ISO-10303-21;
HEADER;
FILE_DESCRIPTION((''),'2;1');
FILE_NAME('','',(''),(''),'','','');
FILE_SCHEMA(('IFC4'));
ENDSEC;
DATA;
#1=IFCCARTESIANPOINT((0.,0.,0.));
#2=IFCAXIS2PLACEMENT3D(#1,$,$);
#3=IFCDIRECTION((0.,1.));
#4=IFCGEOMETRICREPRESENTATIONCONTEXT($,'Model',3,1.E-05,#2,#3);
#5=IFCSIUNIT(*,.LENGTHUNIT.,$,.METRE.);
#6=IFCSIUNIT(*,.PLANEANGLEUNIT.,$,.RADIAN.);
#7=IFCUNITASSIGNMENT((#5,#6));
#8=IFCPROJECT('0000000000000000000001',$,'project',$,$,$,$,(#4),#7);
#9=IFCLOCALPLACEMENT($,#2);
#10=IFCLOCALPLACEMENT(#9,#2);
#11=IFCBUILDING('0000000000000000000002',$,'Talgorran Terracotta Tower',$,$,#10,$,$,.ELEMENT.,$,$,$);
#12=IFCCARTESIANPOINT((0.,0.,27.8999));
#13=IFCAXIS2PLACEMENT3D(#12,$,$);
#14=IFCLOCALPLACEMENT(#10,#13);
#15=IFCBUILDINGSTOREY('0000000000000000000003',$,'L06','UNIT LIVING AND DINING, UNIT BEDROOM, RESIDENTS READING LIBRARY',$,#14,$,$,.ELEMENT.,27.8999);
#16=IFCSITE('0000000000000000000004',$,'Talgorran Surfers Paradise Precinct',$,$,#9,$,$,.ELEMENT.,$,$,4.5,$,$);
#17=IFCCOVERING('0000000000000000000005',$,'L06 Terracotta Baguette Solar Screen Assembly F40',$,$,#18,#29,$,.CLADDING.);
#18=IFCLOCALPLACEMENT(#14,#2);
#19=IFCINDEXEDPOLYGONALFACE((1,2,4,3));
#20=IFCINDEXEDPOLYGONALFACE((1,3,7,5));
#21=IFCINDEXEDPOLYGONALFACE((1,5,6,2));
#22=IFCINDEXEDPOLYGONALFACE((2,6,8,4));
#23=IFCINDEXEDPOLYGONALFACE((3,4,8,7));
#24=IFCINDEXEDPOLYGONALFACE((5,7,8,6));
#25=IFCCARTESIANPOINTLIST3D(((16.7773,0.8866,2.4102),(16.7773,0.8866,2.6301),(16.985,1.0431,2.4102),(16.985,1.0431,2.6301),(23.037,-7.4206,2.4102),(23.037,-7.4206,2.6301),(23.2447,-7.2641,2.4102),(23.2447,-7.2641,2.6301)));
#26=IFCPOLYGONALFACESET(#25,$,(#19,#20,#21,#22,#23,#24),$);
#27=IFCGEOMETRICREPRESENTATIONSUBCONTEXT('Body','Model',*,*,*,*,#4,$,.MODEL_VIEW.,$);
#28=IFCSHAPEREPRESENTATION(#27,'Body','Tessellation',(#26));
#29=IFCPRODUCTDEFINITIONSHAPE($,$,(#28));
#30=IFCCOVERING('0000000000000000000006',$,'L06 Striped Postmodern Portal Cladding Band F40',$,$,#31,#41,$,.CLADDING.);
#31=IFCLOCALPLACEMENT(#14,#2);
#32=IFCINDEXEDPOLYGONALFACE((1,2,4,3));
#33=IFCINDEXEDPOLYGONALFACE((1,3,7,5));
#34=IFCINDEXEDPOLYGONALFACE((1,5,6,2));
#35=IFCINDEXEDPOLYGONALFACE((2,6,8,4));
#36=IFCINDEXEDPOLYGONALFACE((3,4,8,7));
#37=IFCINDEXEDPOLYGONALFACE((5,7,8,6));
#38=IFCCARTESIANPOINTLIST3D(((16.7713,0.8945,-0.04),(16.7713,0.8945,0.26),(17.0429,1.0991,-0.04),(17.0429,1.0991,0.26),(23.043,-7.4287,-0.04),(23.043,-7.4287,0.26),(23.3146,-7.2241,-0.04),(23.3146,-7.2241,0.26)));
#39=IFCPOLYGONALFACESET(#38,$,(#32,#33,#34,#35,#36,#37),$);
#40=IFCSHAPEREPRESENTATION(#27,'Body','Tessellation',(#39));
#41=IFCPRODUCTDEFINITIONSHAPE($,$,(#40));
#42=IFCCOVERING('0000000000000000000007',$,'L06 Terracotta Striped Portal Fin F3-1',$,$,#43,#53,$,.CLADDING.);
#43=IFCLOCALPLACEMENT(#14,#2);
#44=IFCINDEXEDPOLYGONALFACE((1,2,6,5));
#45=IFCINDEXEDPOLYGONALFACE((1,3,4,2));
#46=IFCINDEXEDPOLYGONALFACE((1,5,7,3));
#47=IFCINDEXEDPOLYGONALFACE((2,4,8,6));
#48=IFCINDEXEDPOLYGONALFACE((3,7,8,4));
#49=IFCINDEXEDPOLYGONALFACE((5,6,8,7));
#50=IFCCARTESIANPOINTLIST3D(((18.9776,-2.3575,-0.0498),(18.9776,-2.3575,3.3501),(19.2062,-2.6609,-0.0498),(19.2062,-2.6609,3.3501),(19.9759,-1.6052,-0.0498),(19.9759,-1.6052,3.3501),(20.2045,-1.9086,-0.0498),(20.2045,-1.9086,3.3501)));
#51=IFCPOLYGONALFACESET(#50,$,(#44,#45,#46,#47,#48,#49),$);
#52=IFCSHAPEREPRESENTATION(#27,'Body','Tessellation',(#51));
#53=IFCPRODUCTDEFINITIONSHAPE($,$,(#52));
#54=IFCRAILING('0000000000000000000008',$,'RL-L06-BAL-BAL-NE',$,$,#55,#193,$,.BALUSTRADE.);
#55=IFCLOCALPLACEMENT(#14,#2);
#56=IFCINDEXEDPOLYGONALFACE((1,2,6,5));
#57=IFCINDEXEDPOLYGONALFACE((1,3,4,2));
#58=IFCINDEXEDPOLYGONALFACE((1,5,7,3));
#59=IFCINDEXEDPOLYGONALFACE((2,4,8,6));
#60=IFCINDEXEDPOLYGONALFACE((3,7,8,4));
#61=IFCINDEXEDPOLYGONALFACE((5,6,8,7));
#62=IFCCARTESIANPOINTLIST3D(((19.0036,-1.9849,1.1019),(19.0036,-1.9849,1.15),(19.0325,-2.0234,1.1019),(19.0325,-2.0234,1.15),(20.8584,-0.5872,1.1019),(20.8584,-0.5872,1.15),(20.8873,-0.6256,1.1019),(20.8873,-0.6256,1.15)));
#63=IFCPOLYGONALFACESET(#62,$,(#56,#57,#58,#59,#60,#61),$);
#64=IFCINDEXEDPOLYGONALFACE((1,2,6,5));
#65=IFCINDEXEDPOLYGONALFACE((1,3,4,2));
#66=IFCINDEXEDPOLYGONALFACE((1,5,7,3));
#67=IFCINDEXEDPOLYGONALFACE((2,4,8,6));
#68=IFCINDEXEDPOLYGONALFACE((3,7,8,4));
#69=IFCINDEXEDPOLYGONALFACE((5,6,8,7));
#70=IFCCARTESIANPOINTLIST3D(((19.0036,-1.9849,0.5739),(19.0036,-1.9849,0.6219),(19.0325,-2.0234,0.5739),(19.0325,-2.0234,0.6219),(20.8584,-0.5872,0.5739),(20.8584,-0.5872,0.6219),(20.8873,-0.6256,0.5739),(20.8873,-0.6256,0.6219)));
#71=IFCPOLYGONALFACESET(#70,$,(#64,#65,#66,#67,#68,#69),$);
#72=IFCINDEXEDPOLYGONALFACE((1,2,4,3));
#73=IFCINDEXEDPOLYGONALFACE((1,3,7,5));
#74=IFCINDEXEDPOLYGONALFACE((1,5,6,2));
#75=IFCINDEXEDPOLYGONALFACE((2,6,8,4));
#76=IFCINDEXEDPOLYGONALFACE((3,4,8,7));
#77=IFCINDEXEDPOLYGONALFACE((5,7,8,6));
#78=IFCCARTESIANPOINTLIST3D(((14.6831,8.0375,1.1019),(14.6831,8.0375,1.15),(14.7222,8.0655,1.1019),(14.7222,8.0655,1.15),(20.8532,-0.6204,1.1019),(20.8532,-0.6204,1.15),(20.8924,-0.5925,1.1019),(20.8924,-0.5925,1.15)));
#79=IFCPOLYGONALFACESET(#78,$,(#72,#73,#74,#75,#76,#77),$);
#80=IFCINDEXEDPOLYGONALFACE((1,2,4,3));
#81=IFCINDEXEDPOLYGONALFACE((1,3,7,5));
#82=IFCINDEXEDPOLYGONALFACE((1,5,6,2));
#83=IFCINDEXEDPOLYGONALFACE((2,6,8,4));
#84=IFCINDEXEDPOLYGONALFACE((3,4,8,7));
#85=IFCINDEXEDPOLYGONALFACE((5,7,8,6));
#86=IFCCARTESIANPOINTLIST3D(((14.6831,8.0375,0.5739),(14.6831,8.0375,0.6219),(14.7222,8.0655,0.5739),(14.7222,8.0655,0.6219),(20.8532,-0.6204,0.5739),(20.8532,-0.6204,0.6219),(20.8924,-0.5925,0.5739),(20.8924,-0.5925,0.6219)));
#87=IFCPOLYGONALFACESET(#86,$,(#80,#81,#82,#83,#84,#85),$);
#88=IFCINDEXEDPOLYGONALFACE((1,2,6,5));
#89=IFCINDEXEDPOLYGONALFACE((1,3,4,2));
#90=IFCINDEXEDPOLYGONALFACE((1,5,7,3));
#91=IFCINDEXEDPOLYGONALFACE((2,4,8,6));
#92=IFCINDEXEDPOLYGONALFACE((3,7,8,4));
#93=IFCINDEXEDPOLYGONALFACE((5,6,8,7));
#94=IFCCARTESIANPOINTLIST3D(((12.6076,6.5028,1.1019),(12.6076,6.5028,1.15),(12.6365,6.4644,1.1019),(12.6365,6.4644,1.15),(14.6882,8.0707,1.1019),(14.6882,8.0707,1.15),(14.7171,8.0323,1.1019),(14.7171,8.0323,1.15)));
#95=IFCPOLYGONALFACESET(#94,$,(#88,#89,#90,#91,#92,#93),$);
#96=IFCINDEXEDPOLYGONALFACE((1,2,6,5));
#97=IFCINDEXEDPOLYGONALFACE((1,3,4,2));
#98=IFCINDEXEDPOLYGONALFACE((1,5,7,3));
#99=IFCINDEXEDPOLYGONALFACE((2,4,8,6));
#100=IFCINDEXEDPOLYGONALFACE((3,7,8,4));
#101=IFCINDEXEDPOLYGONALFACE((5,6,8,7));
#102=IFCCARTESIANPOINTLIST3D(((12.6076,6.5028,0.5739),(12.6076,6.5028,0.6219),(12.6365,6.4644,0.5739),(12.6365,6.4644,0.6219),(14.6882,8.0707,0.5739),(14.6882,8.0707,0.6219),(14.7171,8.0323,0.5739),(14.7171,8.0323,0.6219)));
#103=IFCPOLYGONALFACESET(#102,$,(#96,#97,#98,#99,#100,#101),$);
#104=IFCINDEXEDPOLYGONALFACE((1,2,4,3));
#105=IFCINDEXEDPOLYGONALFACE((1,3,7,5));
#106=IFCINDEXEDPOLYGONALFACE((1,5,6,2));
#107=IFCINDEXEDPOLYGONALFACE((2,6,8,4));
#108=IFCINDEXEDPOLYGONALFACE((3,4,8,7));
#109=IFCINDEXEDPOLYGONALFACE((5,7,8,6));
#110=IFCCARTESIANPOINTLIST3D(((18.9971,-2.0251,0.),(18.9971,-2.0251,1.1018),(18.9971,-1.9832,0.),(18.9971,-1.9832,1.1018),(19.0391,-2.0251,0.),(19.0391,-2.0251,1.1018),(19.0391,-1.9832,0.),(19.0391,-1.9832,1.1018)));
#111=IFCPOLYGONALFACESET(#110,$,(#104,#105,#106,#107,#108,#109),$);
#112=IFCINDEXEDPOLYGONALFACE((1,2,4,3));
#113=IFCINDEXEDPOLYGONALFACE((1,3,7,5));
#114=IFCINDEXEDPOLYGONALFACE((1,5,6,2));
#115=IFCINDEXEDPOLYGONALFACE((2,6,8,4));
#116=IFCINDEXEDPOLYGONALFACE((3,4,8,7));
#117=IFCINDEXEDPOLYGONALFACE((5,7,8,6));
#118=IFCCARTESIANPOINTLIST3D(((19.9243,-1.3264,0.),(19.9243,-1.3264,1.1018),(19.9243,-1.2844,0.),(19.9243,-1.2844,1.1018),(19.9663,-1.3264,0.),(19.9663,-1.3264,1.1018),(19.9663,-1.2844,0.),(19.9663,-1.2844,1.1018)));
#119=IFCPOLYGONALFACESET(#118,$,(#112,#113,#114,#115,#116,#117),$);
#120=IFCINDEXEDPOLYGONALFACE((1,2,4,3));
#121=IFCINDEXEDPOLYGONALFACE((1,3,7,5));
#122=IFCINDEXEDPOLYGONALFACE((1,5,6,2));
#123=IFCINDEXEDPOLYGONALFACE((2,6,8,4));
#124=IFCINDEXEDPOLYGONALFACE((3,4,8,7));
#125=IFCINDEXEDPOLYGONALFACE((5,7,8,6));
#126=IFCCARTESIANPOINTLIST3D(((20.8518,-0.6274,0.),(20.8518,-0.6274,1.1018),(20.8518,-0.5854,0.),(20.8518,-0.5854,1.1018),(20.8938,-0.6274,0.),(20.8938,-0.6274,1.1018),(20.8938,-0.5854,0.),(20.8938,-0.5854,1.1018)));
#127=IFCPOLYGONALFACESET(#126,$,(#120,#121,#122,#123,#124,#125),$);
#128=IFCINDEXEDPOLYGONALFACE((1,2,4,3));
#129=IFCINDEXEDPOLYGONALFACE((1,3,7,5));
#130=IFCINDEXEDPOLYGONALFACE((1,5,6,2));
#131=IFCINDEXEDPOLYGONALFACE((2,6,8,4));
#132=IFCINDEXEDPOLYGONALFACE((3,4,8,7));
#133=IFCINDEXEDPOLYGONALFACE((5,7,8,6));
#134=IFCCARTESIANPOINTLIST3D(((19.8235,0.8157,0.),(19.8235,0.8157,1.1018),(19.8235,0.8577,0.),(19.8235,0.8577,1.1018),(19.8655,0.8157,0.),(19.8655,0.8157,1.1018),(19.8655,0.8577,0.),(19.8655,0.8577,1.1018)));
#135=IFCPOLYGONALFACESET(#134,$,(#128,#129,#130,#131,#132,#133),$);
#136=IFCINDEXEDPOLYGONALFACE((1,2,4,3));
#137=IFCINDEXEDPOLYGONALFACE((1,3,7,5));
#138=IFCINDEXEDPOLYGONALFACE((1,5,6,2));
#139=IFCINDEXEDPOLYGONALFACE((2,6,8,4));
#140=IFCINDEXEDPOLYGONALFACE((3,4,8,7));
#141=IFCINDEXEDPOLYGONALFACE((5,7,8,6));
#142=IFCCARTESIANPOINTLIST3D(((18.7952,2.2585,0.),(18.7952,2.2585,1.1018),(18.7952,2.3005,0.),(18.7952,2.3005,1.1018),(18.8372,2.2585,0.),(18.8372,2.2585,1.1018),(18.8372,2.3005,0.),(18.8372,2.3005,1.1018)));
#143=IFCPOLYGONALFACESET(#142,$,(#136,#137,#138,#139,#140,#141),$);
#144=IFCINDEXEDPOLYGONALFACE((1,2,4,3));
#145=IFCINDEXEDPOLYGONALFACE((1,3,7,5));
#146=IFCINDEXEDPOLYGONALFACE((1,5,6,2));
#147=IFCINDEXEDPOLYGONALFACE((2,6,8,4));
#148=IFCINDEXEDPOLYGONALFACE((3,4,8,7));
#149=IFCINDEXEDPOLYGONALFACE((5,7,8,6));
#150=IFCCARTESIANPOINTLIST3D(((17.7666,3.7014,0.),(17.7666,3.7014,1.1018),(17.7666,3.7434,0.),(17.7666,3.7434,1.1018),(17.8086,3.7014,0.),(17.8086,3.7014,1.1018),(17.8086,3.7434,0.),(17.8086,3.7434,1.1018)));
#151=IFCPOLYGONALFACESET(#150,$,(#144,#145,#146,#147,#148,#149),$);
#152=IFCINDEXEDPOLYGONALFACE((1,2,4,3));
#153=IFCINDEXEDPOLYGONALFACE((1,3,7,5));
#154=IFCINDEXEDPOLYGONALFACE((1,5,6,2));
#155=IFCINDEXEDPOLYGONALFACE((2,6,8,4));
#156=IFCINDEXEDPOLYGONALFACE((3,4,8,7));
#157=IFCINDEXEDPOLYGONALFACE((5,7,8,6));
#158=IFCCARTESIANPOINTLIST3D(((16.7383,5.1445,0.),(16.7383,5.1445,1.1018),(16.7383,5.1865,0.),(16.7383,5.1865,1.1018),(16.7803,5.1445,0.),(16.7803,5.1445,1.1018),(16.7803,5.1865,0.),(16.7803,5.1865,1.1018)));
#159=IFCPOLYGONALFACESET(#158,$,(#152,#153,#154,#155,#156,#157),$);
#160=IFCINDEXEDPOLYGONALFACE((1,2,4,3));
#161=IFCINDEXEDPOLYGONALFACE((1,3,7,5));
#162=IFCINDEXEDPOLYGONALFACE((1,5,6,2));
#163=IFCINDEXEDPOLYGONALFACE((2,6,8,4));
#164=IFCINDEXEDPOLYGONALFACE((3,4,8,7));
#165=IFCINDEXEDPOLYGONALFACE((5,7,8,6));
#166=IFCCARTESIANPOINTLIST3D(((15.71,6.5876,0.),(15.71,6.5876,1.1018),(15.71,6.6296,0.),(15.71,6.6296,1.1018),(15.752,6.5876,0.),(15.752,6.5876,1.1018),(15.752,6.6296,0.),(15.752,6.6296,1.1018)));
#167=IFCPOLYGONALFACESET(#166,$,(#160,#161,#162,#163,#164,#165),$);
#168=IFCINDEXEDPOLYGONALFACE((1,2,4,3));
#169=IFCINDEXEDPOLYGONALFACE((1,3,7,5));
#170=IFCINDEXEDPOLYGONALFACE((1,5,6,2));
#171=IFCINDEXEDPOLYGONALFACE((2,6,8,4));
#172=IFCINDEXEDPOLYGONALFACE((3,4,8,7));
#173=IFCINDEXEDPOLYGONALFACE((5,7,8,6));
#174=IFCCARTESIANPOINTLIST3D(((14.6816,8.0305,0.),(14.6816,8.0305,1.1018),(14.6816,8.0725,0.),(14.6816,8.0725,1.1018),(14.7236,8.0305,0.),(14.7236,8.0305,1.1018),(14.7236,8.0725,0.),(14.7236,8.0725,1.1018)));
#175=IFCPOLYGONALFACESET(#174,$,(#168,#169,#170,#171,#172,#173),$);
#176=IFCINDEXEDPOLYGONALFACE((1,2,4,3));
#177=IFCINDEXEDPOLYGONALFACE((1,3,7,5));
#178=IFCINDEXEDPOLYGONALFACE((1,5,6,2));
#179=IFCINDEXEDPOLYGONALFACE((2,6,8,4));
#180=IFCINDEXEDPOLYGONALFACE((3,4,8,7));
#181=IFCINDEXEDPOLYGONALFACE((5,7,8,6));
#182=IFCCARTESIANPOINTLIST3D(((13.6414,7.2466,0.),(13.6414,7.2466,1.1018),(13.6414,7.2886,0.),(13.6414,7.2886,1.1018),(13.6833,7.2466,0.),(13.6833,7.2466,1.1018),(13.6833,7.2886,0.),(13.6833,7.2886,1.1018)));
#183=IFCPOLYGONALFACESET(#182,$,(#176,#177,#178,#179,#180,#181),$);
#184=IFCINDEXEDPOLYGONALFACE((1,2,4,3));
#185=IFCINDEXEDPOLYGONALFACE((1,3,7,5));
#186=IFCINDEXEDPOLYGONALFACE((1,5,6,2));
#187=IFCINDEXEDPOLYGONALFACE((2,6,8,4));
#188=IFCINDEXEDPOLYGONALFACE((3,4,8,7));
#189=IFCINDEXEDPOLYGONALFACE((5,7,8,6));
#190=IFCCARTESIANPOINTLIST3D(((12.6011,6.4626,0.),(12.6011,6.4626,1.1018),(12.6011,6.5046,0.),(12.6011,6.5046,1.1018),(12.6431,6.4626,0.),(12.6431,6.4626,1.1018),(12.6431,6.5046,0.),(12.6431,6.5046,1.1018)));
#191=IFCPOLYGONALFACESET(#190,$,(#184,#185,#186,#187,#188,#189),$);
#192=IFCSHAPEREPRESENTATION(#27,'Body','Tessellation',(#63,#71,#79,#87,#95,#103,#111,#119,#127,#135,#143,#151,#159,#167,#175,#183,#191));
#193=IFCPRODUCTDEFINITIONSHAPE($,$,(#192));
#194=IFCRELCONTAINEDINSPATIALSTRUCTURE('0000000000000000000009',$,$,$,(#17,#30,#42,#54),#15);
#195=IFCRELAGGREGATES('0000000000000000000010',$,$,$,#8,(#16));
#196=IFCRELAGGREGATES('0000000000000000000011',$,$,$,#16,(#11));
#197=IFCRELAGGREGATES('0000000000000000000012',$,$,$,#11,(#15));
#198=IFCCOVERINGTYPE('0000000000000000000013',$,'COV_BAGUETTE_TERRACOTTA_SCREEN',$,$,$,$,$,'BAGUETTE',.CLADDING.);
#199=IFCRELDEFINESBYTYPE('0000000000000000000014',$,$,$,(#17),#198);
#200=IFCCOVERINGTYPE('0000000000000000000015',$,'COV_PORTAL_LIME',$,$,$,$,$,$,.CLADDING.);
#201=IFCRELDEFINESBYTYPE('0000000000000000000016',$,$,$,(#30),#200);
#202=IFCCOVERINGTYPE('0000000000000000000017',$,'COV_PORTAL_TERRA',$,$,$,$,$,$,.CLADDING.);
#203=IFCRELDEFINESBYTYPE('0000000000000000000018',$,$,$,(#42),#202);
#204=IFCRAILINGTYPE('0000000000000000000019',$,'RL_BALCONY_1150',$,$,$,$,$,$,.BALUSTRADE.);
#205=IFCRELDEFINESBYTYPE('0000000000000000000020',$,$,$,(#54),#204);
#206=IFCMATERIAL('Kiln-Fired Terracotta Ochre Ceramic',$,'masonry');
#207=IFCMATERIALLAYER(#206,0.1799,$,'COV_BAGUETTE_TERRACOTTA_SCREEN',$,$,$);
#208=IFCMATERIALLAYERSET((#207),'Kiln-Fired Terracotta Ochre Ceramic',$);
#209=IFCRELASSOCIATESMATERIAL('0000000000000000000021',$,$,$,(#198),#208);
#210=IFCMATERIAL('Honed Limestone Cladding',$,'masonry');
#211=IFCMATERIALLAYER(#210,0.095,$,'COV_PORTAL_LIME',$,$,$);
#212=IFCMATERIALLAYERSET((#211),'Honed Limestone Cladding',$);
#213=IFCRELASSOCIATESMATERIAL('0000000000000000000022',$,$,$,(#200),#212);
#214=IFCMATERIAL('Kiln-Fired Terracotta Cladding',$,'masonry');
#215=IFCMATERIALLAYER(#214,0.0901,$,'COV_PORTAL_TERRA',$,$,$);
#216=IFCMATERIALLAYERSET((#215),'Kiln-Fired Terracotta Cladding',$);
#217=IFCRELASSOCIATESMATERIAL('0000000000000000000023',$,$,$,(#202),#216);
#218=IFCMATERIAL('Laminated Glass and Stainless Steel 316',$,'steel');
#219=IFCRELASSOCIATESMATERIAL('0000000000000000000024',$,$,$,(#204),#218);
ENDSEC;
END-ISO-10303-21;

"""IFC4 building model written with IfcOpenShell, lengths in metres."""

from ifc_helpers import new_model, si_unit, direction, frame, origin, origin_2d, place, context, subcontext, project, spatial, rectangle, extrude, material, layer, layer_set, type_object, element, save


model = new_model("IFC4")

# Units and contexts
model_context = context("Model", 3, precision=1e-05, world=origin(), true_north=direction((0.0, 1.0)))
body_context = subcontext(model_context, "Body", "Model", "MODEL_VIEW")
ifc_project = project(units=[si_unit("LENGTHUNIT", "METRE"), si_unit("PLANEANGLEUNIT", "RADIAN")], contexts=[model_context])

# Site, building, storey
site_placement = place(None, origin())
site = spatial("IfcSite", under=ifc_project, at=site_placement, Name="Talgorran Surfers Paradise Precinct", CompositionType="ELEMENT", RefElevation=4.5)
building_placement = place(site_placement, origin())
building = spatial("IfcBuilding", under=site, at=building_placement, Name="Talgorran Terracotta Tower", CompositionType="ELEMENT")
storey_placement = place(building_placement, frame((0.0, 0.0, 27.8999)))
storey = spatial("IfcBuildingStorey", under=building, at=storey_placement, Name="L06", Description="UNIT LIVING AND DINING, UNIT BEDROOM, RESIDENTS READING LIBRARY", CompositionType="ELEMENT", Elevation=27.8999)

# Coverings
ifc_material_1 = material(Name="Kiln-Fired Terracotta Ochre Ceramic", Category="masonry")
ifc_layer_1 = layer(ifc_material_1, 0.1799, Name="COV_BAGUETTE_TERRACOTTA_SCREEN")
ifc_layer_set_1 = layer_set([ifc_layer_1], Name="Kiln-Fired Terracotta Ochre Ceramic")
covering_type_1 = type_object("IfcCoveringType", Name="COV_BAGUETTE_TERRACOTTA_SCREEN", ElementType="BAGUETTE", PredefinedType="CLADDING", material=ifc_layer_set_1)
covering_1_placement = place(storey_placement, frame((20.011, -3.1887, 2.4102), z_axis=(0.0, 0.0, 1.0), x_axis=(-0.601801, 0.798646, 0.0)))
element("IfcCovering", 1, at=covering_1_placement, inside=storey, type_object=covering_type_1, Name="L06 Terracotta Baguette Solar Screen Assembly F40", PredefinedType="CLADDING", context=body_context, shape_type="SweptSolid", body=[
    extrude(rectangle(XDim=10.4016, YDim=0.26, at=origin_2d()), origin(), (0.0, 0.0, 1.0), 0.22),
])
ifc_material_2 = material(Name="Honed Limestone Cladding", Category="masonry")
ifc_layer_2 = layer(ifc_material_2, 0.095, Name="COV_PORTAL_LIME")
ifc_layer_set_2 = layer_set([ifc_layer_2], Name="Honed Limestone Cladding")
covering_type_2 = type_object("IfcCoveringType", Name="COV_PORTAL_LIME", PredefinedType="CLADDING", material=ifc_layer_set_2)
covering_2_placement = place(storey_placement, frame((20.043, -3.1648, -0.04), z_axis=(0.0, 0.0, 1.0), x_axis=(-0.601801, 0.798646, 0.0)))
element("IfcCovering", 2, at=covering_2_placement, inside=storey, type_object=covering_type_2, Name="L06 Striped Postmodern Portal Cladding Band F40", PredefinedType="CLADDING", context=body_context, shape_type="SweptSolid", body=[
    extrude(rectangle(XDim=10.4216, YDim=0.3401, at=origin_2d()), origin(), (0.0, 0.0, 1.0), 0.3),
])
ifc_material_3 = material(Name="Kiln-Fired Terracotta Cladding", Category="masonry")
ifc_layer_3 = layer(ifc_material_3, 0.0901, Name="COV_PORTAL_TERRA")
ifc_layer_set_3 = layer_set([ifc_layer_3], Name="Kiln-Fired Terracotta Cladding")
covering_type_3 = type_object("IfcCoveringType", Name="COV_PORTAL_TERRA", PredefinedType="CLADDING", material=ifc_layer_set_3)
covering_3_placement = place(storey_placement, frame((19.5911, -2.1331, -0.0498), z_axis=(0.0, 0.0, 1.0), x_axis=(-0.601815, 0.798636, 0.0)))
element("IfcCovering", 3, at=covering_3_placement, inside=storey, type_object=covering_type_3, Name="L06 Terracotta Striped Portal Fin F3-1", PredefinedType="CLADDING", context=body_context, shape_type="SweptSolid", body=[
    extrude(rectangle(XDim=0.3799, YDim=1.25, at=origin_2d()), origin(), (0.0, 0.0, 1.0), 3.3999),
])

# Railing
ifc_material_4 = material(Name="Laminated Glass and Stainless Steel 316", Category="steel")
railing_type = type_object("IfcRailingType", Name="RL_BALCONY_1150", PredefinedType="BALUSTRADE", material=ifc_material_4)
railing_placement = place(storey_placement, frame((19.0181, -2.0042, 0.0)))
element("IfcRailing", 4, at=railing_placement, inside=storey, type_object=railing_type, Name="RL-L06-BAL-BAL-NE", PredefinedType="BALUSTRADE", context=body_context, shape_type="SweptSolid", body=[
    extrude(rectangle(XDim=0.0481, YDim=0.0481, at=origin_2d()), frame((0.0, 0.0, 1.126), z_axis=(0.798623, 0.601832, 0.0), x_axis=(-0.601832, 0.798623, 0.0)), (0.0, 0.0, 1.0), 2.3225),
    extrude(rectangle(XDim=0.0481, YDim=0.0481, at=origin_2d()), frame((0.0, 0.0, 0.5979), z_axis=(0.798623, 0.601832, 0.0), x_axis=(-0.601832, 0.798623, 0.0)), (0.0, 0.0, 1.0), 2.3225),
    extrude(rectangle(XDim=0.0481, YDim=0.0481, at=origin_2d()), frame((1.8547, 1.3977, 1.126), z_axis=(-0.58036, 0.81436, 0.0), x_axis=(-0.81436, -0.58036, 0.0)), (0.0, 0.0, 1.0), 10.6316),
    extrude(rectangle(XDim=0.0481, YDim=0.0481, at=origin_2d()), frame((1.8547, 1.3977, 0.5979), z_axis=(-0.58036, 0.81436, 0.0), x_axis=(-0.81436, -0.58036, 0.0)), (0.0, 0.0, 1.0), 10.6316),
    extrude(rectangle(XDim=0.0481, YDim=0.0481, at=origin_2d()), frame((-4.3154, 10.0557, 1.126), z_axis=(-0.798626, -0.601828, 0.0), x_axis=(0.601828, -0.798626, 0.0)), (0.0, 0.0, 1.0), 2.6052),
    extrude(rectangle(XDim=0.0481, YDim=0.0481, at=origin_2d()), frame((-4.3154, 10.0557, 0.5979), z_axis=(-0.798626, -0.601828, 0.0), x_axis=(0.601828, -0.798626, 0.0)), (0.0, 0.0, 1.0), 2.6052),
    extrude(rectangle(XDim=0.042, YDim=0.042, at=origin_2d()), origin(), (0.0, 0.0, 1.0), 1.1018),
    extrude(rectangle(XDim=0.042, YDim=0.042, at=origin_2d()), frame((0.9272, 0.6987, 0.0)), (0.0, 0.0, 1.0), 1.1018),
    extrude(rectangle(XDim=0.042, YDim=0.042, at=origin_2d()), frame((1.8547, 1.3977, 0.0)), (0.0, 0.0, 1.0), 1.1018),
    extrude(rectangle(XDim=0.042, YDim=0.042, at=origin_2d()), frame((0.8264, 2.8408, 0.0)), (0.0, 0.0, 1.0), 1.1018),
    extrude(rectangle(XDim=0.042, YDim=0.042, at=origin_2d()), frame((-0.2019, 4.2837, 0.0)), (0.0, 0.0, 1.0), 1.1018),
    extrude(rectangle(XDim=0.042, YDim=0.042, at=origin_2d()), frame((-1.2305, 5.7266, 0.0)), (0.0, 0.0, 1.0), 1.1018),
    extrude(rectangle(XDim=0.042, YDim=0.042, at=origin_2d()), frame((-2.2588, 7.1697, 0.0)), (0.0, 0.0, 1.0), 1.1018),
    extrude(rectangle(XDim=0.042, YDim=0.042, at=origin_2d()), frame((-3.2871, 8.6128, 0.0)), (0.0, 0.0, 1.0), 1.1018),
    extrude(rectangle(XDim=0.042, YDim=0.042, at=origin_2d()), frame((-4.3154, 10.0557, 0.0)), (0.0, 0.0, 1.0), 1.1018),
    extrude(rectangle(XDim=0.042, YDim=0.042, at=origin_2d()), frame((-5.3557, 9.2717, 0.0)), (0.0, 0.0, 1.0), 1.1018),
    extrude(rectangle(XDim=0.042, YDim=0.042, at=origin_2d()), frame((-6.396, 8.4878, 0.0)), (0.0, 0.0, 1.0), 1.1018),
])

save(model, "model.ifc")
